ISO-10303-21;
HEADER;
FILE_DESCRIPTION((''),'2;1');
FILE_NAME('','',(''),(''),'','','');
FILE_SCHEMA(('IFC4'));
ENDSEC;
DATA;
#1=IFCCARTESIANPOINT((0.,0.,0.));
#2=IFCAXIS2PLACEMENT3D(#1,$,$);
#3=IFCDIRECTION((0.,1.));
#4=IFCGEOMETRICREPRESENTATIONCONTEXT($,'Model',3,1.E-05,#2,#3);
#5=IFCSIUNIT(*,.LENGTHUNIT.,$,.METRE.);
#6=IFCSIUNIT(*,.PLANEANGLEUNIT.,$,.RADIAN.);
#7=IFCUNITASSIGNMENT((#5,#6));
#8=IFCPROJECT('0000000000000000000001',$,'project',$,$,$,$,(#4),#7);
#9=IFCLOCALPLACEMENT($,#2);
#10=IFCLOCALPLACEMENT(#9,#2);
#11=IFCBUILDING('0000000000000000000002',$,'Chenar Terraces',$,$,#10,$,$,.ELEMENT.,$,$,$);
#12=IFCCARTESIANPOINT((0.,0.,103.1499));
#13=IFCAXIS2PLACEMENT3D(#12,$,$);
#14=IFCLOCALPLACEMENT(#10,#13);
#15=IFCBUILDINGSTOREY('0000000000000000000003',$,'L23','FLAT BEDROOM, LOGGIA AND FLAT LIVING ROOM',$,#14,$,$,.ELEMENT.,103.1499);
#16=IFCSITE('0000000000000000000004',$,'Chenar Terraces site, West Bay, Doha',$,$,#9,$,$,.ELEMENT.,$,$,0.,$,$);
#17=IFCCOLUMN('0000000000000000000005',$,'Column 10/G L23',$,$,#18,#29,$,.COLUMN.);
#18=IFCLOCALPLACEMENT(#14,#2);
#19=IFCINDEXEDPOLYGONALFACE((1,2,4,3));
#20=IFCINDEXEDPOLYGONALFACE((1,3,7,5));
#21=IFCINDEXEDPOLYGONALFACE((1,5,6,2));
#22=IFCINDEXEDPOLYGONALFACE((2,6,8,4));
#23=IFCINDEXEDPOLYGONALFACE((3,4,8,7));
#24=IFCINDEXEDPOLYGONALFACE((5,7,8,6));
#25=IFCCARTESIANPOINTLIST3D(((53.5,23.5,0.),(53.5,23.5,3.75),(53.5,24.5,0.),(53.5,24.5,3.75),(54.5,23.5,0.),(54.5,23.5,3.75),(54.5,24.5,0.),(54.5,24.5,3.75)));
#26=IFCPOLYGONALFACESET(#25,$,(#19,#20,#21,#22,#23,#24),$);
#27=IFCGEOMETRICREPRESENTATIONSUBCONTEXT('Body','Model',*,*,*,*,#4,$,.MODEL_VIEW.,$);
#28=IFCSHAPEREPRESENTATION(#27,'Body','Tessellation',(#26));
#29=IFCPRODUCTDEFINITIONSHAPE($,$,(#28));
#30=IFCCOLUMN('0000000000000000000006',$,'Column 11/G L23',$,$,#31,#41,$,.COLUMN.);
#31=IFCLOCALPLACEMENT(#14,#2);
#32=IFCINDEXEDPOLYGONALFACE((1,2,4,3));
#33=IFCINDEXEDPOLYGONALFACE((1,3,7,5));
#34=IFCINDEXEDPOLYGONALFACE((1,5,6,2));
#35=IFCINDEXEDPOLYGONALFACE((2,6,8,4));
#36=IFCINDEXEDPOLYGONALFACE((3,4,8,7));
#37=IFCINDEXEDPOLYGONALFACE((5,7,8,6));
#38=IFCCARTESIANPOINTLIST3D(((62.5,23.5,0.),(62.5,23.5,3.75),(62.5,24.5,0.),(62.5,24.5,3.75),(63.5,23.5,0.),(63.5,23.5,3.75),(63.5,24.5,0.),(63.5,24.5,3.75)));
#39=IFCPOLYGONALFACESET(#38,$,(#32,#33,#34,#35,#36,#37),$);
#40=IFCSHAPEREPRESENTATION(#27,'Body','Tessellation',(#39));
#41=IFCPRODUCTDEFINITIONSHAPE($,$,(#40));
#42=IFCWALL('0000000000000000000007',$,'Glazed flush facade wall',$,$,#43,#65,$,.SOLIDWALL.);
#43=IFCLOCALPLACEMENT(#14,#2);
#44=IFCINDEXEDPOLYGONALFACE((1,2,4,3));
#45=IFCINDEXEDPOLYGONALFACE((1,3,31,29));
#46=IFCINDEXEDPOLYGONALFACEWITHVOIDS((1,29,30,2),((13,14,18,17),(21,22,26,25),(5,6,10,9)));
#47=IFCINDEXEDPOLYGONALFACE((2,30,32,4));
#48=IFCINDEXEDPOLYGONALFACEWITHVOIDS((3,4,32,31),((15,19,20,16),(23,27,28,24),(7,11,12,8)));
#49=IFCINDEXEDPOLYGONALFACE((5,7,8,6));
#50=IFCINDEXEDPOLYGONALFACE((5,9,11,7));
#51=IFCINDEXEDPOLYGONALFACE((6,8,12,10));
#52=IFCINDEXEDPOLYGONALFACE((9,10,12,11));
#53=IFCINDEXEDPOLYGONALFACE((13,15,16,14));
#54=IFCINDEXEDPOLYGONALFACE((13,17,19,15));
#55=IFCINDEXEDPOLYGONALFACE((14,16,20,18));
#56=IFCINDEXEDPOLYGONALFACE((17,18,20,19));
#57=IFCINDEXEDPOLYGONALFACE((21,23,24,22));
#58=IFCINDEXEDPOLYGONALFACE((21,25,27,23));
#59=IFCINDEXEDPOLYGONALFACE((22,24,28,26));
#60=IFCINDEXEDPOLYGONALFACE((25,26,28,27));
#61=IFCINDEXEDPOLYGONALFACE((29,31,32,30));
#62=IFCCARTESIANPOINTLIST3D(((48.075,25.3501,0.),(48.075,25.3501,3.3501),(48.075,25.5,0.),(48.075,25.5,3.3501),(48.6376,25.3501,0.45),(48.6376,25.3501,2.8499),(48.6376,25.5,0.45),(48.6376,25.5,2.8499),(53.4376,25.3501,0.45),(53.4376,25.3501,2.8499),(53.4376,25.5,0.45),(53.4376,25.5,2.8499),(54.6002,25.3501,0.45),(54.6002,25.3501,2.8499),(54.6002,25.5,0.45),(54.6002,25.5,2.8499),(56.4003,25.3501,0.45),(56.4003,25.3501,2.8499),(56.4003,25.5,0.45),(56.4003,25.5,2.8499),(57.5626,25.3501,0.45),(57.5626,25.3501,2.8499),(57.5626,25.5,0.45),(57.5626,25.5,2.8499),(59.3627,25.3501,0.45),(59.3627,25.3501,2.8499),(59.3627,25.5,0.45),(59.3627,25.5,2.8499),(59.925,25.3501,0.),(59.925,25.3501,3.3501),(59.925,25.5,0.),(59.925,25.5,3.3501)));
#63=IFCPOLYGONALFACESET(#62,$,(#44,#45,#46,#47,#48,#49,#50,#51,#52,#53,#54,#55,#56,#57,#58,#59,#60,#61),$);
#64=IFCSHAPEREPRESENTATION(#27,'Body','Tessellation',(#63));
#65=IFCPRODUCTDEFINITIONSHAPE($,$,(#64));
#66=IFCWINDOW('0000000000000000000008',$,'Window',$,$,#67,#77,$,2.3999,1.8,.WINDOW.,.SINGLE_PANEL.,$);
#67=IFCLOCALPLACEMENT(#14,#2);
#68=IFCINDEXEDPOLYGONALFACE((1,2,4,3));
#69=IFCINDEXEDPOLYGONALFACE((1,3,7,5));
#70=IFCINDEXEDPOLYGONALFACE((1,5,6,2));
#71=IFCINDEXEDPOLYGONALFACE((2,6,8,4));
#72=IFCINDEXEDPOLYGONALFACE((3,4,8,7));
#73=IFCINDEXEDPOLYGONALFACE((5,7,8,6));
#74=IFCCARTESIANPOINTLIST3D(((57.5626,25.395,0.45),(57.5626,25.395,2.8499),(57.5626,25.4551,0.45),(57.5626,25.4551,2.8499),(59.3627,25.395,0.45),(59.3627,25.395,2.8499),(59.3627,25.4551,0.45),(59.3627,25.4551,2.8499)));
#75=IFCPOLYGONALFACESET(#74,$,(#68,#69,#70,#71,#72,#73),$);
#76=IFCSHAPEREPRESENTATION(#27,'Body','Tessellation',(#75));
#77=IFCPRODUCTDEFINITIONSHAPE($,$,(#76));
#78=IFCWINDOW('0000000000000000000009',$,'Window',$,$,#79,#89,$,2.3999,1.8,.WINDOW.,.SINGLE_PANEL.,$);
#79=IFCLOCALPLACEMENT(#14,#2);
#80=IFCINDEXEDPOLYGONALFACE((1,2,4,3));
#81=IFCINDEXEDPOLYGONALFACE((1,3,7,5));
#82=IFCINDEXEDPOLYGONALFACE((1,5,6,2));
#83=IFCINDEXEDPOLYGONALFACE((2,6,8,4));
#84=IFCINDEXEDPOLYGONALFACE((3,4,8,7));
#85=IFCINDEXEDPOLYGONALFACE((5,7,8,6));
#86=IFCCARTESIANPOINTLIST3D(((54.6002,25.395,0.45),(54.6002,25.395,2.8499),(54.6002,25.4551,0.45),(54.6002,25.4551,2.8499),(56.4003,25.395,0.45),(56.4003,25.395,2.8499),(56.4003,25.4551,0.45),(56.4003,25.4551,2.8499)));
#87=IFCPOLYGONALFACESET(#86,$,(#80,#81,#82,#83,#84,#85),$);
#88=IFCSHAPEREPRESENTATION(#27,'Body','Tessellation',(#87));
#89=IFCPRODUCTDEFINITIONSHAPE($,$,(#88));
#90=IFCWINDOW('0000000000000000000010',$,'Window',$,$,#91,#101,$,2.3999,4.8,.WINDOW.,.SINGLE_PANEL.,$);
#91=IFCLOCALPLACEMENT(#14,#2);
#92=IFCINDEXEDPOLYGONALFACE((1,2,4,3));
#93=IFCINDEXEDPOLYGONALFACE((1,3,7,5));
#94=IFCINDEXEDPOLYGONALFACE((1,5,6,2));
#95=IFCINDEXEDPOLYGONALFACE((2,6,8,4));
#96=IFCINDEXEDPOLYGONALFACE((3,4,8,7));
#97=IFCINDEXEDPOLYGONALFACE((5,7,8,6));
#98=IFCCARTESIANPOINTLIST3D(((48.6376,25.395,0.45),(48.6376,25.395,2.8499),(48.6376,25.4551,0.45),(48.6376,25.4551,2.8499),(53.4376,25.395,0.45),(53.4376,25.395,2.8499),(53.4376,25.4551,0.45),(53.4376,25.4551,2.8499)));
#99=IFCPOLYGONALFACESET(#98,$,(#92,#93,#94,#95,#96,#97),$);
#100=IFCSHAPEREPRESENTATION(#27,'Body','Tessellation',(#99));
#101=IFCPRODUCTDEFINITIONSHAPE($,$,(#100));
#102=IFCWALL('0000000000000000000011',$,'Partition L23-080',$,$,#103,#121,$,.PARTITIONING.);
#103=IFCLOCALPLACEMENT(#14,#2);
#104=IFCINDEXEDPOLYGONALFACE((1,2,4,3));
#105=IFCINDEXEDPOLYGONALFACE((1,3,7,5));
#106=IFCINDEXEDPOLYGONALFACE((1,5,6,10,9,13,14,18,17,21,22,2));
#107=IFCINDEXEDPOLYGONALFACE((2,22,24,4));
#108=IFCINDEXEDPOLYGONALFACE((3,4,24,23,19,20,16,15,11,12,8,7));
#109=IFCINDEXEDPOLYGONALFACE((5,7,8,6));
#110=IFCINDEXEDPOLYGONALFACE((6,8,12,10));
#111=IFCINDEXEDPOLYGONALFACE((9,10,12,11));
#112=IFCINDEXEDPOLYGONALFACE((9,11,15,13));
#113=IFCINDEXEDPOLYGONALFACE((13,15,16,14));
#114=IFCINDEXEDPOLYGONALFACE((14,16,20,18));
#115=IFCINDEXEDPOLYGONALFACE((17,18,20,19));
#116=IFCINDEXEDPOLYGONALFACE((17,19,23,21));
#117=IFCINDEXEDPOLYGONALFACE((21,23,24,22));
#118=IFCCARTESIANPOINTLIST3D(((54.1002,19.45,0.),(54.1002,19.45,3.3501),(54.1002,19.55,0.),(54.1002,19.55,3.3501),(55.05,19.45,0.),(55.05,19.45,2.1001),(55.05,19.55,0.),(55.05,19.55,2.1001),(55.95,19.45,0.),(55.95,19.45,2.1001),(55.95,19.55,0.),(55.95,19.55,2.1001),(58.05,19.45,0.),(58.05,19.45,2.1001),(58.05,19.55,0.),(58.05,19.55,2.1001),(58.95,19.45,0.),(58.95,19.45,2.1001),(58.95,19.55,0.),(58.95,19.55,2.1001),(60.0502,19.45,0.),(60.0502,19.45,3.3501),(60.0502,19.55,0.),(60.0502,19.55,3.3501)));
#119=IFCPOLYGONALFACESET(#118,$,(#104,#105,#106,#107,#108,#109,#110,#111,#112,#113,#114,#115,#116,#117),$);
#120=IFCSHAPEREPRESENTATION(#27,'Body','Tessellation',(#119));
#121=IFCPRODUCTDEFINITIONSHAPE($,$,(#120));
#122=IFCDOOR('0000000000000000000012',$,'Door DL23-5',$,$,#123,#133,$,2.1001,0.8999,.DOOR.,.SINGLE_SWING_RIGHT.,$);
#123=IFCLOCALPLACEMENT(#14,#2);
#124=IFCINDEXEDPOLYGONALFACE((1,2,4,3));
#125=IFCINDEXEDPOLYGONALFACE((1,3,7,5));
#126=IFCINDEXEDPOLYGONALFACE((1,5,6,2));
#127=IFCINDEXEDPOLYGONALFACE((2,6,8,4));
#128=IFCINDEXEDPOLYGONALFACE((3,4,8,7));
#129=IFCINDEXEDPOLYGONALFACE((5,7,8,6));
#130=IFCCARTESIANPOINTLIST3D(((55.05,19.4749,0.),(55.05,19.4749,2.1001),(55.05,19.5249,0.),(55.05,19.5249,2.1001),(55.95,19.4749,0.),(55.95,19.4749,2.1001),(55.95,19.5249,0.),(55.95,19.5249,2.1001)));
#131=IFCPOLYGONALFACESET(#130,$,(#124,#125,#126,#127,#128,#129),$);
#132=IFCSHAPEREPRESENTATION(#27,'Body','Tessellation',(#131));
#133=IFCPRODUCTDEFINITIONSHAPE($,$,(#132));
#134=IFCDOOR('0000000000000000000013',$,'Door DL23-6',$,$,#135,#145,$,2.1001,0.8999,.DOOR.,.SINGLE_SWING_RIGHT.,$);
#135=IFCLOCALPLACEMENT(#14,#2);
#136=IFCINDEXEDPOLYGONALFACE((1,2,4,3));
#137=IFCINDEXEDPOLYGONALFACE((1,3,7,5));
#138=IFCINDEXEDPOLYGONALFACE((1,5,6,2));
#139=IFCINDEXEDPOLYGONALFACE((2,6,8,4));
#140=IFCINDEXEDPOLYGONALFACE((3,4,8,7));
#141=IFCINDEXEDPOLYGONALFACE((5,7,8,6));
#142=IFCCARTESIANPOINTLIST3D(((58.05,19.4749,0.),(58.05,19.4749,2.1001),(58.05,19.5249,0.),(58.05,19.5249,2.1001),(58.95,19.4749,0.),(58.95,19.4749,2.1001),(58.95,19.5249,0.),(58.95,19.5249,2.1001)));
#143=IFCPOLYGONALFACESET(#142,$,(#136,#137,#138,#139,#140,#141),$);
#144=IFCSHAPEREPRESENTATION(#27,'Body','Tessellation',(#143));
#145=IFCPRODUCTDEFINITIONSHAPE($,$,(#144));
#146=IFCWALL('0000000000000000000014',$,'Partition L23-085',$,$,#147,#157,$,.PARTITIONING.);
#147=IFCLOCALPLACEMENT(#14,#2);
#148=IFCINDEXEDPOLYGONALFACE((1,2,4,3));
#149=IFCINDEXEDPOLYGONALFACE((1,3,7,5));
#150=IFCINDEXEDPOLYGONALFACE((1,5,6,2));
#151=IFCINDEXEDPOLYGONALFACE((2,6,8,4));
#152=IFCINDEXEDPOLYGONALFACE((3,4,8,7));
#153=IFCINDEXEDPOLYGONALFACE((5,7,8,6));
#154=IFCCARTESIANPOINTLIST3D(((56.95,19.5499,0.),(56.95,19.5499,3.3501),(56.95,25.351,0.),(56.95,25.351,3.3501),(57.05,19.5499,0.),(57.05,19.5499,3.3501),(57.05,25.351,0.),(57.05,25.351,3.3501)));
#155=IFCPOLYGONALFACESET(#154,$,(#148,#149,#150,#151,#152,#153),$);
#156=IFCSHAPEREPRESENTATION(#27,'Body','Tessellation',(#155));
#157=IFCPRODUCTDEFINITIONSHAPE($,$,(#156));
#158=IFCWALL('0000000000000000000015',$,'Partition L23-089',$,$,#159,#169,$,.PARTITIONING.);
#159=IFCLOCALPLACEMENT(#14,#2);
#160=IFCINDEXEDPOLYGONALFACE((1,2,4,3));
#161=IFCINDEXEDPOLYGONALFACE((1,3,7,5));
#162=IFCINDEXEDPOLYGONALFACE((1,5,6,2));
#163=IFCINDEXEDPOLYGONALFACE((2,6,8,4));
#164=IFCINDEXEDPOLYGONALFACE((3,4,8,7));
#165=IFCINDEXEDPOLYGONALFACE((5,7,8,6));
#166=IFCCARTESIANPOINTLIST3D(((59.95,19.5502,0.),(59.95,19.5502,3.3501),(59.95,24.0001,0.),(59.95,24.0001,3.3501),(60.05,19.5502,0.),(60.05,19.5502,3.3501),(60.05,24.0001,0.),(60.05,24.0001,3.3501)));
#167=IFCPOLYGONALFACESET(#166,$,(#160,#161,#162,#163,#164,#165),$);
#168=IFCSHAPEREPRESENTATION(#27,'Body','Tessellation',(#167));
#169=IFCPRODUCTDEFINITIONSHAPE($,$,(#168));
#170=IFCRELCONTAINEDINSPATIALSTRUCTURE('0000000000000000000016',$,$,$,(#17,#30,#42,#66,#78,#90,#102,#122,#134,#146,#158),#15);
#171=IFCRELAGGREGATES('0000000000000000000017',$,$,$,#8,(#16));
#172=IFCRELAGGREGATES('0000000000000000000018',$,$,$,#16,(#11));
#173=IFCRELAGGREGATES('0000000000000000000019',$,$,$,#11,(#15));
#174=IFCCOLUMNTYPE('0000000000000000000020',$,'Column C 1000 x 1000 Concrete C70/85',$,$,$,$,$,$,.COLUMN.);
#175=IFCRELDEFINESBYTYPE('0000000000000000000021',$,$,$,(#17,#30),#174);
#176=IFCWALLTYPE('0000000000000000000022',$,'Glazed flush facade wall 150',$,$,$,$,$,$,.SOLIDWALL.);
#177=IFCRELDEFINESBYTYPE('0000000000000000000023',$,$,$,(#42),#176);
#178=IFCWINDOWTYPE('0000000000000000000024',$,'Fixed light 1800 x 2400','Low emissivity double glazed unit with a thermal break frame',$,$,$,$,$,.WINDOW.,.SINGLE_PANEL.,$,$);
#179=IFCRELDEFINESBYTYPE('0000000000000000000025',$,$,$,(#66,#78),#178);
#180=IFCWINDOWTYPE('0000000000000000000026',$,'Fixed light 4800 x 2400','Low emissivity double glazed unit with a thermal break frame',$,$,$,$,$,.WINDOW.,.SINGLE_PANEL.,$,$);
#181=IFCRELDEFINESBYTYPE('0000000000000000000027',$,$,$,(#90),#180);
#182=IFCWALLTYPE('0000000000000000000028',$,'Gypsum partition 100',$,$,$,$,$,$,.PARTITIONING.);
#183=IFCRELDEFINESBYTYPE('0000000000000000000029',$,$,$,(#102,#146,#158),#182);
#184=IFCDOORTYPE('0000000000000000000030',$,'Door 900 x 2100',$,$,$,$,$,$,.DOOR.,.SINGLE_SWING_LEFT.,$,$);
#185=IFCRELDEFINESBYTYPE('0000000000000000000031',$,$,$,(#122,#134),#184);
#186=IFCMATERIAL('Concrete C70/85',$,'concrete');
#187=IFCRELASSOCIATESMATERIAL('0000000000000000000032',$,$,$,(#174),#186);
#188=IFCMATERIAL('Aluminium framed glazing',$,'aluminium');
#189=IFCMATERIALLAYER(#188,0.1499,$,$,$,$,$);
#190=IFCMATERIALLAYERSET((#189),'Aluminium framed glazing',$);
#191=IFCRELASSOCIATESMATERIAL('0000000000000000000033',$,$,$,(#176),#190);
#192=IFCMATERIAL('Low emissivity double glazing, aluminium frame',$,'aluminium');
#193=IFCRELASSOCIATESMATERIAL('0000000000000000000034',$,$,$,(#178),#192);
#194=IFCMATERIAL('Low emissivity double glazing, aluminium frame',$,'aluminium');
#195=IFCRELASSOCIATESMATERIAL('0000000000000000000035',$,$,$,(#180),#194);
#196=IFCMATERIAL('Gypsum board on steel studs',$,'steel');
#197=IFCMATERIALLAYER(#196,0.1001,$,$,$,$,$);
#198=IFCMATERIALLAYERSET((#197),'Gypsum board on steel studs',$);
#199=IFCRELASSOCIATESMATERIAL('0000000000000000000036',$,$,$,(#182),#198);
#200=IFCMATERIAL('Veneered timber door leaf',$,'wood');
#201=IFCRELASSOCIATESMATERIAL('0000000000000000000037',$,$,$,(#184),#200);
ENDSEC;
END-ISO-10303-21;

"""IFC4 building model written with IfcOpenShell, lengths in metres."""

from ifc_helpers import new_model, si_unit, direction, frame, frame_2d, origin, origin_2d, place, context, subcontext, project, spatial, rectangle, extrude, material, layer, layer_set, material_profile, profile_set, type_object, element, fill, save


model = new_model("IFC4")

# Units and contexts
model_context = context("Model", 3, precision=1e-05, world=origin(), true_north=direction((0.0, 1.0)))
body_context = subcontext(model_context, "Body", "Model", "MODEL_VIEW")
ifc_project = project(units=[si_unit("LENGTHUNIT", "METRE"), si_unit("PLANEANGLEUNIT", "RADIAN")], contexts=[model_context])

# Site, building, storey
site_placement = place(None, origin())
site = spatial("IfcSite", under=ifc_project, at=site_placement, Name="Chenar Terraces site, West Bay, Doha", CompositionType="ELEMENT", RefElevation=0.0)
building_placement = place(site_placement, origin())
building = spatial("IfcBuilding", under=site, at=building_placement, Name="Chenar Terraces", CompositionType="ELEMENT")
storey_placement = place(building_placement, frame((0.0, 0.0, 103.1499)))
storey = spatial("IfcBuildingStorey", under=building, at=storey_placement, Name="L23", Description="FLAT BEDROOM, LOGGIA AND FLAT LIVING ROOM", CompositionType="ELEMENT", Elevation=103.1499)

# Columns
ifc_material_1 = material(Name="Concrete C70/85", Category="concrete")
ifc_material_profile = material_profile(ifc_material_1, rectangle(XDim=1.0, YDim=1.0, at=origin_2d()), Name="C 1000 x 1000")
ifc_profile_set = profile_set([ifc_material_profile], Name="Concrete C70/85")
column_type = type_object("IfcColumnType", Name="Column C 1000 x 1000 Concrete C70/85", PredefinedType="COLUMN", material=ifc_profile_set)
for number, where, z_axis, x_axis, name in (
    (1, (54.0, 24.0, 0.0), (0.0, 0.0, 1.0), (1.0, 0.0, 0.0), "Column 10/G L23"),
    (2, (63.0, 24.0, 0.0), (0.0, 0.0, 1.0), (1.0, 0.0, 0.0), "Column 11/G L23"),
):
    element("IfcColumn", number, at=place(storey_placement, frame(where, z_axis=z_axis, x_axis=x_axis)), inside=storey, type_object=column_type, Name=name, PredefinedType="COLUMN", context=body_context, shape_type="SweptSolid", body=[
        extrude(rectangle(XDim=1.0, YDim=1.0, at=origin_2d()), origin(), (0.0, 0.0, 1.0), 3.75),
    ])

# Wall, openings, windows
ifc_material_2 = material(Name="Aluminium framed glazing", Category="aluminium")
ifc_layer_1 = layer(ifc_material_2, 0.1499)
ifc_layer_set_1 = layer_set([ifc_layer_1], Name="Aluminium framed glazing")
wall_type_1 = type_object("IfcWallType", Name="Glazed flush facade wall 150", PredefinedType="SOLIDWALL", material=ifc_layer_set_1)
wall_1_placement = place(storey_placement, frame((59.925, 25.425, 0.0), z_axis=(0.0, 0.0, 1.0), x_axis=(-1.0, 0.0, 0.0)))
wall_1 = element("IfcWall", 3, at=wall_1_placement, inside=storey, type_object=wall_type_1, Name="Glazed flush facade wall", PredefinedType="SOLIDWALL", context=body_context, shape_type="SweptSolid", body=[
    extrude(rectangle(XDim=11.8501, YDim=0.1499, at=frame_2d((5.925, 0.0))), origin(), (0.0, 0.0, 1.0), 3.3501),
])
opening_1_placement = place(wall_1_placement, frame((0.5625, 0.0, 0.45)))
opening_1 = element("IfcOpeningElement", 4, at=opening_1_placement, cuts=wall_1, PredefinedType="OPENING", context=body_context, shape_type="SweptSolid", body=[
    extrude(rectangle(XDim=1.8, YDim=2.3999, at=frame_2d((0.8999, 1.2))), frame((0.0, 0.085, 0.0), z_axis=(0.0, -1.0, 0.0), x_axis=(1.0, 0.0, 0.0)), (0.0, 0.0, 1.0), 0.1699),
])
opening_2_placement = place(wall_1_placement, frame((3.5249, 0.0, 0.45)))
opening_2 = element("IfcOpeningElement", 5, at=opening_2_placement, cuts=wall_1, PredefinedType="OPENING", context=body_context, shape_type="SweptSolid", body=[
    extrude(rectangle(XDim=1.8, YDim=2.3999, at=frame_2d((0.8999, 1.2))), frame((0.0, 0.085, 0.0), z_axis=(0.0, -1.0, 0.0), x_axis=(1.0, 0.0, 0.0)), (0.0, 0.0, 1.0), 0.1699),
])
opening_3_placement = place(wall_1_placement, frame((6.4875, 0.0, 0.45)))
opening_3 = element("IfcOpeningElement", 6, at=opening_3_placement, cuts=wall_1, PredefinedType="OPENING", context=body_context, shape_type="SweptSolid", body=[
    extrude(rectangle(XDim=4.8, YDim=2.3999, at=frame_2d((2.3999, 1.2))), frame((0.0, 0.085, 0.0), z_axis=(0.0, -1.0, 0.0), x_axis=(1.0, 0.0, 0.0)), (0.0, 0.0, 1.0), 0.1699),
])
ifc_material_3 = material(Name="Low emissivity double glazing, aluminium frame", Category="aluminium")
window_type_1 = type_object("IfcWindowType", Name="Fixed light 1800 x 2400", Description="Low emissivity double glazed unit with a thermal break frame", PartitioningType="SINGLE_PANEL", PredefinedType="WINDOW", material=ifc_material_3)
window_1_placement = place(opening_1_placement, origin())
window_1 = element("IfcWindow", 7, at=window_1_placement, inside=storey, type_object=window_type_1, Name="Window", OverallHeight=2.3999, OverallWidth=1.8, PartitioningType="SINGLE_PANEL", PredefinedType="WINDOW", context=body_context, shape_type="SweptSolid", body=[
    extrude(rectangle(XDim=1.8, YDim=2.3999, at=frame_2d((0.8999, 1.2))), frame((0.0, 0.03, 0.0), z_axis=(0.0, -1.0, 0.0), x_axis=(1.0, 0.0, 0.0)), (0.0, 0.0, 1.0), 0.0601),
])
fill(opening_1, window_1)
window_2_placement = place(opening_2_placement, origin())
window_2 = element("IfcWindow", 8, at=window_2_placement, inside=storey, type_object=window_type_1, Name="Window", OverallHeight=2.3999, OverallWidth=1.8, PartitioningType="SINGLE_PANEL", PredefinedType="WINDOW", context=body_context, shape_type="SweptSolid", body=[
    extrude(rectangle(XDim=1.8, YDim=2.3999, at=frame_2d((0.8999, 1.2))), frame((0.0, 0.03, 0.0), z_axis=(0.0, -1.0, 0.0), x_axis=(1.0, 0.0, 0.0)), (0.0, 0.0, 1.0), 0.0601),
])
fill(opening_2, window_2)
ifc_material_4 = material(Name="Low emissivity double glazing, aluminium frame", Category="aluminium")
window_type_2 = type_object("IfcWindowType", Name="Fixed light 4800 x 2400", Description="Low emissivity double glazed unit with a thermal break frame", PartitioningType="SINGLE_PANEL", PredefinedType="WINDOW", material=ifc_material_4)
window_3_placement = place(opening_3_placement, origin())
window_3 = element("IfcWindow", 9, at=window_3_placement, inside=storey, type_object=window_type_2, Name="Window", OverallHeight=2.3999, OverallWidth=4.8, PartitioningType="SINGLE_PANEL", PredefinedType="WINDOW", context=body_context, shape_type="SweptSolid", body=[
    extrude(rectangle(XDim=4.8, YDim=2.3999, at=frame_2d((2.3999, 1.2))), frame((0.0, 0.03, 0.0), z_axis=(0.0, -1.0, 0.0), x_axis=(1.0, 0.0, 0.0)), (0.0, 0.0, 1.0), 0.0601),
])
fill(opening_3, window_3)

# Wall, openings, doors
ifc_material_5 = material(Name="Gypsum board on steel studs", Category="steel")
ifc_layer_2 = layer(ifc_material_5, 0.1001)
ifc_layer_set_2 = layer_set([ifc_layer_2], Name="Gypsum board on steel studs")
wall_type_2 = type_object("IfcWallType", Name="Gypsum partition 100", PredefinedType="PARTITIONING", material=ifc_layer_set_2)
wall_2_placement = place(storey_placement, frame((54.1001, 19.5, 0.0), z_axis=(0.0, 0.0, 1.0), x_axis=(1.0, 0.0, 0.0)))
wall_2 = element("IfcWall", 10, at=wall_2_placement, inside=storey, type_object=wall_type_2, Name="Partition L23-080", PredefinedType="PARTITIONING", context=body_context, shape_type="SweptSolid", body=[
    extrude(rectangle(XDim=5.95, YDim=0.1001, at=frame_2d((2.9751, 0.0))), origin(), (0.0, 0.0, 1.0), 3.3501),
])
opening_4_placement = place(wall_2_placement, frame((0.95, 0.0, 0.0)))
opening_4 = element("IfcOpeningElement", 11, at=opening_4_placement, cuts=wall_2, PredefinedType="OPENING", context=body_context, shape_type="SweptSolid", body=[
    extrude(rectangle(XDim=0.8999, YDim=2.1001, at=frame_2d((0.45, 1.05))), frame((0.0, 0.0601, 0.0), z_axis=(0.0, -1.0, 0.0), x_axis=(1.0, 0.0, 0.0)), (0.0, 0.0, 1.0), 0.1201),
])
opening_5_placement = place(wall_2_placement, frame((3.95, 0.0, 0.0)))
opening_5 = element("IfcOpeningElement", 12, at=opening_5_placement, cuts=wall_2, PredefinedType="OPENING", context=body_context, shape_type="SweptSolid", body=[
    extrude(rectangle(XDim=0.8999, YDim=2.1001, at=frame_2d((0.45, 1.05))), frame((0.0, 0.0601, 0.0), z_axis=(0.0, -1.0, 0.0), x_axis=(1.0, 0.0, 0.0)), (0.0, 0.0, 1.0), 0.1201),
])
ifc_material_6 = material(Name="Veneered timber door leaf", Category="wood")
door_type_1 = type_object("IfcDoorType", Name="Door 900 x 2100", OperationType="SINGLE_SWING_LEFT", PredefinedType="DOOR", material=ifc_material_6)
door_1_placement = place(opening_4_placement, origin())
door_1 = element("IfcDoor", 13, at=door_1_placement, inside=storey, type_object=door_type_1, Name="Door DL23-5", OperationType="SINGLE_SWING_RIGHT", OverallHeight=2.1001, OverallWidth=0.8999, PredefinedType="DOOR", context=body_context, shape_type="SweptSolid", body=[
    extrude(rectangle(XDim=0.8999, YDim=2.1001, at=frame_2d((0.45, 1.05))), frame((0.0, 0.0249, 0.0), z_axis=(0.0, -1.0, 0.0), x_axis=(1.0, 0.0, 0.0)), (0.0, 0.0, 1.0), 0.05),
])
fill(opening_4, door_1)
door_2_placement = place(opening_5_placement, origin())
door_2 = element("IfcDoor", 14, at=door_2_placement, inside=storey, type_object=door_type_1, Name="Door DL23-6", OperationType="SINGLE_SWING_RIGHT", OverallHeight=2.1001, OverallWidth=0.8999, PredefinedType="DOOR", context=body_context, shape_type="SweptSolid", body=[
    extrude(rectangle(XDim=0.8999, YDim=2.1001, at=frame_2d((0.45, 1.05))), frame((0.0, 0.0249, 0.0), z_axis=(0.0, -1.0, 0.0), x_axis=(1.0, 0.0, 0.0)), (0.0, 0.0, 1.0), 0.05),
])
fill(opening_5, door_2)

# Walls
wall_3_placement = place(storey_placement, frame((57.0, 19.55, 0.0), z_axis=(0.0, 0.0, 1.0), x_axis=(0.0, 1.0, 0.0)))
element("IfcWall", 15, at=wall_3_placement, inside=storey, type_object=wall_type_2, Name="Partition L23-085", PredefinedType="PARTITIONING", context=body_context, shape_type="SweptSolid", body=[
    extrude(rectangle(XDim=5.801, YDim=0.1001, at=frame_2d((2.9004, 0.0))), origin(), (0.0, 0.0, 1.0), 3.3501),
])
wall_4_placement = place(storey_placement, frame((60.0, 19.55, 0.0), z_axis=(0.0, 0.0, 1.0), x_axis=(0.0, 1.0, 0.0)))
element("IfcWall", 16, at=wall_4_placement, inside=storey, type_object=wall_type_2, Name="Partition L23-089", PredefinedType="PARTITIONING", context=body_context, shape_type="SweptSolid", body=[
    extrude(rectangle(XDim=4.45, YDim=0.1001, at=frame_2d((2.2251, 0.0))), origin(), (0.0, 0.0, 1.0), 3.3501),
])

save(model, "model.ifc")
